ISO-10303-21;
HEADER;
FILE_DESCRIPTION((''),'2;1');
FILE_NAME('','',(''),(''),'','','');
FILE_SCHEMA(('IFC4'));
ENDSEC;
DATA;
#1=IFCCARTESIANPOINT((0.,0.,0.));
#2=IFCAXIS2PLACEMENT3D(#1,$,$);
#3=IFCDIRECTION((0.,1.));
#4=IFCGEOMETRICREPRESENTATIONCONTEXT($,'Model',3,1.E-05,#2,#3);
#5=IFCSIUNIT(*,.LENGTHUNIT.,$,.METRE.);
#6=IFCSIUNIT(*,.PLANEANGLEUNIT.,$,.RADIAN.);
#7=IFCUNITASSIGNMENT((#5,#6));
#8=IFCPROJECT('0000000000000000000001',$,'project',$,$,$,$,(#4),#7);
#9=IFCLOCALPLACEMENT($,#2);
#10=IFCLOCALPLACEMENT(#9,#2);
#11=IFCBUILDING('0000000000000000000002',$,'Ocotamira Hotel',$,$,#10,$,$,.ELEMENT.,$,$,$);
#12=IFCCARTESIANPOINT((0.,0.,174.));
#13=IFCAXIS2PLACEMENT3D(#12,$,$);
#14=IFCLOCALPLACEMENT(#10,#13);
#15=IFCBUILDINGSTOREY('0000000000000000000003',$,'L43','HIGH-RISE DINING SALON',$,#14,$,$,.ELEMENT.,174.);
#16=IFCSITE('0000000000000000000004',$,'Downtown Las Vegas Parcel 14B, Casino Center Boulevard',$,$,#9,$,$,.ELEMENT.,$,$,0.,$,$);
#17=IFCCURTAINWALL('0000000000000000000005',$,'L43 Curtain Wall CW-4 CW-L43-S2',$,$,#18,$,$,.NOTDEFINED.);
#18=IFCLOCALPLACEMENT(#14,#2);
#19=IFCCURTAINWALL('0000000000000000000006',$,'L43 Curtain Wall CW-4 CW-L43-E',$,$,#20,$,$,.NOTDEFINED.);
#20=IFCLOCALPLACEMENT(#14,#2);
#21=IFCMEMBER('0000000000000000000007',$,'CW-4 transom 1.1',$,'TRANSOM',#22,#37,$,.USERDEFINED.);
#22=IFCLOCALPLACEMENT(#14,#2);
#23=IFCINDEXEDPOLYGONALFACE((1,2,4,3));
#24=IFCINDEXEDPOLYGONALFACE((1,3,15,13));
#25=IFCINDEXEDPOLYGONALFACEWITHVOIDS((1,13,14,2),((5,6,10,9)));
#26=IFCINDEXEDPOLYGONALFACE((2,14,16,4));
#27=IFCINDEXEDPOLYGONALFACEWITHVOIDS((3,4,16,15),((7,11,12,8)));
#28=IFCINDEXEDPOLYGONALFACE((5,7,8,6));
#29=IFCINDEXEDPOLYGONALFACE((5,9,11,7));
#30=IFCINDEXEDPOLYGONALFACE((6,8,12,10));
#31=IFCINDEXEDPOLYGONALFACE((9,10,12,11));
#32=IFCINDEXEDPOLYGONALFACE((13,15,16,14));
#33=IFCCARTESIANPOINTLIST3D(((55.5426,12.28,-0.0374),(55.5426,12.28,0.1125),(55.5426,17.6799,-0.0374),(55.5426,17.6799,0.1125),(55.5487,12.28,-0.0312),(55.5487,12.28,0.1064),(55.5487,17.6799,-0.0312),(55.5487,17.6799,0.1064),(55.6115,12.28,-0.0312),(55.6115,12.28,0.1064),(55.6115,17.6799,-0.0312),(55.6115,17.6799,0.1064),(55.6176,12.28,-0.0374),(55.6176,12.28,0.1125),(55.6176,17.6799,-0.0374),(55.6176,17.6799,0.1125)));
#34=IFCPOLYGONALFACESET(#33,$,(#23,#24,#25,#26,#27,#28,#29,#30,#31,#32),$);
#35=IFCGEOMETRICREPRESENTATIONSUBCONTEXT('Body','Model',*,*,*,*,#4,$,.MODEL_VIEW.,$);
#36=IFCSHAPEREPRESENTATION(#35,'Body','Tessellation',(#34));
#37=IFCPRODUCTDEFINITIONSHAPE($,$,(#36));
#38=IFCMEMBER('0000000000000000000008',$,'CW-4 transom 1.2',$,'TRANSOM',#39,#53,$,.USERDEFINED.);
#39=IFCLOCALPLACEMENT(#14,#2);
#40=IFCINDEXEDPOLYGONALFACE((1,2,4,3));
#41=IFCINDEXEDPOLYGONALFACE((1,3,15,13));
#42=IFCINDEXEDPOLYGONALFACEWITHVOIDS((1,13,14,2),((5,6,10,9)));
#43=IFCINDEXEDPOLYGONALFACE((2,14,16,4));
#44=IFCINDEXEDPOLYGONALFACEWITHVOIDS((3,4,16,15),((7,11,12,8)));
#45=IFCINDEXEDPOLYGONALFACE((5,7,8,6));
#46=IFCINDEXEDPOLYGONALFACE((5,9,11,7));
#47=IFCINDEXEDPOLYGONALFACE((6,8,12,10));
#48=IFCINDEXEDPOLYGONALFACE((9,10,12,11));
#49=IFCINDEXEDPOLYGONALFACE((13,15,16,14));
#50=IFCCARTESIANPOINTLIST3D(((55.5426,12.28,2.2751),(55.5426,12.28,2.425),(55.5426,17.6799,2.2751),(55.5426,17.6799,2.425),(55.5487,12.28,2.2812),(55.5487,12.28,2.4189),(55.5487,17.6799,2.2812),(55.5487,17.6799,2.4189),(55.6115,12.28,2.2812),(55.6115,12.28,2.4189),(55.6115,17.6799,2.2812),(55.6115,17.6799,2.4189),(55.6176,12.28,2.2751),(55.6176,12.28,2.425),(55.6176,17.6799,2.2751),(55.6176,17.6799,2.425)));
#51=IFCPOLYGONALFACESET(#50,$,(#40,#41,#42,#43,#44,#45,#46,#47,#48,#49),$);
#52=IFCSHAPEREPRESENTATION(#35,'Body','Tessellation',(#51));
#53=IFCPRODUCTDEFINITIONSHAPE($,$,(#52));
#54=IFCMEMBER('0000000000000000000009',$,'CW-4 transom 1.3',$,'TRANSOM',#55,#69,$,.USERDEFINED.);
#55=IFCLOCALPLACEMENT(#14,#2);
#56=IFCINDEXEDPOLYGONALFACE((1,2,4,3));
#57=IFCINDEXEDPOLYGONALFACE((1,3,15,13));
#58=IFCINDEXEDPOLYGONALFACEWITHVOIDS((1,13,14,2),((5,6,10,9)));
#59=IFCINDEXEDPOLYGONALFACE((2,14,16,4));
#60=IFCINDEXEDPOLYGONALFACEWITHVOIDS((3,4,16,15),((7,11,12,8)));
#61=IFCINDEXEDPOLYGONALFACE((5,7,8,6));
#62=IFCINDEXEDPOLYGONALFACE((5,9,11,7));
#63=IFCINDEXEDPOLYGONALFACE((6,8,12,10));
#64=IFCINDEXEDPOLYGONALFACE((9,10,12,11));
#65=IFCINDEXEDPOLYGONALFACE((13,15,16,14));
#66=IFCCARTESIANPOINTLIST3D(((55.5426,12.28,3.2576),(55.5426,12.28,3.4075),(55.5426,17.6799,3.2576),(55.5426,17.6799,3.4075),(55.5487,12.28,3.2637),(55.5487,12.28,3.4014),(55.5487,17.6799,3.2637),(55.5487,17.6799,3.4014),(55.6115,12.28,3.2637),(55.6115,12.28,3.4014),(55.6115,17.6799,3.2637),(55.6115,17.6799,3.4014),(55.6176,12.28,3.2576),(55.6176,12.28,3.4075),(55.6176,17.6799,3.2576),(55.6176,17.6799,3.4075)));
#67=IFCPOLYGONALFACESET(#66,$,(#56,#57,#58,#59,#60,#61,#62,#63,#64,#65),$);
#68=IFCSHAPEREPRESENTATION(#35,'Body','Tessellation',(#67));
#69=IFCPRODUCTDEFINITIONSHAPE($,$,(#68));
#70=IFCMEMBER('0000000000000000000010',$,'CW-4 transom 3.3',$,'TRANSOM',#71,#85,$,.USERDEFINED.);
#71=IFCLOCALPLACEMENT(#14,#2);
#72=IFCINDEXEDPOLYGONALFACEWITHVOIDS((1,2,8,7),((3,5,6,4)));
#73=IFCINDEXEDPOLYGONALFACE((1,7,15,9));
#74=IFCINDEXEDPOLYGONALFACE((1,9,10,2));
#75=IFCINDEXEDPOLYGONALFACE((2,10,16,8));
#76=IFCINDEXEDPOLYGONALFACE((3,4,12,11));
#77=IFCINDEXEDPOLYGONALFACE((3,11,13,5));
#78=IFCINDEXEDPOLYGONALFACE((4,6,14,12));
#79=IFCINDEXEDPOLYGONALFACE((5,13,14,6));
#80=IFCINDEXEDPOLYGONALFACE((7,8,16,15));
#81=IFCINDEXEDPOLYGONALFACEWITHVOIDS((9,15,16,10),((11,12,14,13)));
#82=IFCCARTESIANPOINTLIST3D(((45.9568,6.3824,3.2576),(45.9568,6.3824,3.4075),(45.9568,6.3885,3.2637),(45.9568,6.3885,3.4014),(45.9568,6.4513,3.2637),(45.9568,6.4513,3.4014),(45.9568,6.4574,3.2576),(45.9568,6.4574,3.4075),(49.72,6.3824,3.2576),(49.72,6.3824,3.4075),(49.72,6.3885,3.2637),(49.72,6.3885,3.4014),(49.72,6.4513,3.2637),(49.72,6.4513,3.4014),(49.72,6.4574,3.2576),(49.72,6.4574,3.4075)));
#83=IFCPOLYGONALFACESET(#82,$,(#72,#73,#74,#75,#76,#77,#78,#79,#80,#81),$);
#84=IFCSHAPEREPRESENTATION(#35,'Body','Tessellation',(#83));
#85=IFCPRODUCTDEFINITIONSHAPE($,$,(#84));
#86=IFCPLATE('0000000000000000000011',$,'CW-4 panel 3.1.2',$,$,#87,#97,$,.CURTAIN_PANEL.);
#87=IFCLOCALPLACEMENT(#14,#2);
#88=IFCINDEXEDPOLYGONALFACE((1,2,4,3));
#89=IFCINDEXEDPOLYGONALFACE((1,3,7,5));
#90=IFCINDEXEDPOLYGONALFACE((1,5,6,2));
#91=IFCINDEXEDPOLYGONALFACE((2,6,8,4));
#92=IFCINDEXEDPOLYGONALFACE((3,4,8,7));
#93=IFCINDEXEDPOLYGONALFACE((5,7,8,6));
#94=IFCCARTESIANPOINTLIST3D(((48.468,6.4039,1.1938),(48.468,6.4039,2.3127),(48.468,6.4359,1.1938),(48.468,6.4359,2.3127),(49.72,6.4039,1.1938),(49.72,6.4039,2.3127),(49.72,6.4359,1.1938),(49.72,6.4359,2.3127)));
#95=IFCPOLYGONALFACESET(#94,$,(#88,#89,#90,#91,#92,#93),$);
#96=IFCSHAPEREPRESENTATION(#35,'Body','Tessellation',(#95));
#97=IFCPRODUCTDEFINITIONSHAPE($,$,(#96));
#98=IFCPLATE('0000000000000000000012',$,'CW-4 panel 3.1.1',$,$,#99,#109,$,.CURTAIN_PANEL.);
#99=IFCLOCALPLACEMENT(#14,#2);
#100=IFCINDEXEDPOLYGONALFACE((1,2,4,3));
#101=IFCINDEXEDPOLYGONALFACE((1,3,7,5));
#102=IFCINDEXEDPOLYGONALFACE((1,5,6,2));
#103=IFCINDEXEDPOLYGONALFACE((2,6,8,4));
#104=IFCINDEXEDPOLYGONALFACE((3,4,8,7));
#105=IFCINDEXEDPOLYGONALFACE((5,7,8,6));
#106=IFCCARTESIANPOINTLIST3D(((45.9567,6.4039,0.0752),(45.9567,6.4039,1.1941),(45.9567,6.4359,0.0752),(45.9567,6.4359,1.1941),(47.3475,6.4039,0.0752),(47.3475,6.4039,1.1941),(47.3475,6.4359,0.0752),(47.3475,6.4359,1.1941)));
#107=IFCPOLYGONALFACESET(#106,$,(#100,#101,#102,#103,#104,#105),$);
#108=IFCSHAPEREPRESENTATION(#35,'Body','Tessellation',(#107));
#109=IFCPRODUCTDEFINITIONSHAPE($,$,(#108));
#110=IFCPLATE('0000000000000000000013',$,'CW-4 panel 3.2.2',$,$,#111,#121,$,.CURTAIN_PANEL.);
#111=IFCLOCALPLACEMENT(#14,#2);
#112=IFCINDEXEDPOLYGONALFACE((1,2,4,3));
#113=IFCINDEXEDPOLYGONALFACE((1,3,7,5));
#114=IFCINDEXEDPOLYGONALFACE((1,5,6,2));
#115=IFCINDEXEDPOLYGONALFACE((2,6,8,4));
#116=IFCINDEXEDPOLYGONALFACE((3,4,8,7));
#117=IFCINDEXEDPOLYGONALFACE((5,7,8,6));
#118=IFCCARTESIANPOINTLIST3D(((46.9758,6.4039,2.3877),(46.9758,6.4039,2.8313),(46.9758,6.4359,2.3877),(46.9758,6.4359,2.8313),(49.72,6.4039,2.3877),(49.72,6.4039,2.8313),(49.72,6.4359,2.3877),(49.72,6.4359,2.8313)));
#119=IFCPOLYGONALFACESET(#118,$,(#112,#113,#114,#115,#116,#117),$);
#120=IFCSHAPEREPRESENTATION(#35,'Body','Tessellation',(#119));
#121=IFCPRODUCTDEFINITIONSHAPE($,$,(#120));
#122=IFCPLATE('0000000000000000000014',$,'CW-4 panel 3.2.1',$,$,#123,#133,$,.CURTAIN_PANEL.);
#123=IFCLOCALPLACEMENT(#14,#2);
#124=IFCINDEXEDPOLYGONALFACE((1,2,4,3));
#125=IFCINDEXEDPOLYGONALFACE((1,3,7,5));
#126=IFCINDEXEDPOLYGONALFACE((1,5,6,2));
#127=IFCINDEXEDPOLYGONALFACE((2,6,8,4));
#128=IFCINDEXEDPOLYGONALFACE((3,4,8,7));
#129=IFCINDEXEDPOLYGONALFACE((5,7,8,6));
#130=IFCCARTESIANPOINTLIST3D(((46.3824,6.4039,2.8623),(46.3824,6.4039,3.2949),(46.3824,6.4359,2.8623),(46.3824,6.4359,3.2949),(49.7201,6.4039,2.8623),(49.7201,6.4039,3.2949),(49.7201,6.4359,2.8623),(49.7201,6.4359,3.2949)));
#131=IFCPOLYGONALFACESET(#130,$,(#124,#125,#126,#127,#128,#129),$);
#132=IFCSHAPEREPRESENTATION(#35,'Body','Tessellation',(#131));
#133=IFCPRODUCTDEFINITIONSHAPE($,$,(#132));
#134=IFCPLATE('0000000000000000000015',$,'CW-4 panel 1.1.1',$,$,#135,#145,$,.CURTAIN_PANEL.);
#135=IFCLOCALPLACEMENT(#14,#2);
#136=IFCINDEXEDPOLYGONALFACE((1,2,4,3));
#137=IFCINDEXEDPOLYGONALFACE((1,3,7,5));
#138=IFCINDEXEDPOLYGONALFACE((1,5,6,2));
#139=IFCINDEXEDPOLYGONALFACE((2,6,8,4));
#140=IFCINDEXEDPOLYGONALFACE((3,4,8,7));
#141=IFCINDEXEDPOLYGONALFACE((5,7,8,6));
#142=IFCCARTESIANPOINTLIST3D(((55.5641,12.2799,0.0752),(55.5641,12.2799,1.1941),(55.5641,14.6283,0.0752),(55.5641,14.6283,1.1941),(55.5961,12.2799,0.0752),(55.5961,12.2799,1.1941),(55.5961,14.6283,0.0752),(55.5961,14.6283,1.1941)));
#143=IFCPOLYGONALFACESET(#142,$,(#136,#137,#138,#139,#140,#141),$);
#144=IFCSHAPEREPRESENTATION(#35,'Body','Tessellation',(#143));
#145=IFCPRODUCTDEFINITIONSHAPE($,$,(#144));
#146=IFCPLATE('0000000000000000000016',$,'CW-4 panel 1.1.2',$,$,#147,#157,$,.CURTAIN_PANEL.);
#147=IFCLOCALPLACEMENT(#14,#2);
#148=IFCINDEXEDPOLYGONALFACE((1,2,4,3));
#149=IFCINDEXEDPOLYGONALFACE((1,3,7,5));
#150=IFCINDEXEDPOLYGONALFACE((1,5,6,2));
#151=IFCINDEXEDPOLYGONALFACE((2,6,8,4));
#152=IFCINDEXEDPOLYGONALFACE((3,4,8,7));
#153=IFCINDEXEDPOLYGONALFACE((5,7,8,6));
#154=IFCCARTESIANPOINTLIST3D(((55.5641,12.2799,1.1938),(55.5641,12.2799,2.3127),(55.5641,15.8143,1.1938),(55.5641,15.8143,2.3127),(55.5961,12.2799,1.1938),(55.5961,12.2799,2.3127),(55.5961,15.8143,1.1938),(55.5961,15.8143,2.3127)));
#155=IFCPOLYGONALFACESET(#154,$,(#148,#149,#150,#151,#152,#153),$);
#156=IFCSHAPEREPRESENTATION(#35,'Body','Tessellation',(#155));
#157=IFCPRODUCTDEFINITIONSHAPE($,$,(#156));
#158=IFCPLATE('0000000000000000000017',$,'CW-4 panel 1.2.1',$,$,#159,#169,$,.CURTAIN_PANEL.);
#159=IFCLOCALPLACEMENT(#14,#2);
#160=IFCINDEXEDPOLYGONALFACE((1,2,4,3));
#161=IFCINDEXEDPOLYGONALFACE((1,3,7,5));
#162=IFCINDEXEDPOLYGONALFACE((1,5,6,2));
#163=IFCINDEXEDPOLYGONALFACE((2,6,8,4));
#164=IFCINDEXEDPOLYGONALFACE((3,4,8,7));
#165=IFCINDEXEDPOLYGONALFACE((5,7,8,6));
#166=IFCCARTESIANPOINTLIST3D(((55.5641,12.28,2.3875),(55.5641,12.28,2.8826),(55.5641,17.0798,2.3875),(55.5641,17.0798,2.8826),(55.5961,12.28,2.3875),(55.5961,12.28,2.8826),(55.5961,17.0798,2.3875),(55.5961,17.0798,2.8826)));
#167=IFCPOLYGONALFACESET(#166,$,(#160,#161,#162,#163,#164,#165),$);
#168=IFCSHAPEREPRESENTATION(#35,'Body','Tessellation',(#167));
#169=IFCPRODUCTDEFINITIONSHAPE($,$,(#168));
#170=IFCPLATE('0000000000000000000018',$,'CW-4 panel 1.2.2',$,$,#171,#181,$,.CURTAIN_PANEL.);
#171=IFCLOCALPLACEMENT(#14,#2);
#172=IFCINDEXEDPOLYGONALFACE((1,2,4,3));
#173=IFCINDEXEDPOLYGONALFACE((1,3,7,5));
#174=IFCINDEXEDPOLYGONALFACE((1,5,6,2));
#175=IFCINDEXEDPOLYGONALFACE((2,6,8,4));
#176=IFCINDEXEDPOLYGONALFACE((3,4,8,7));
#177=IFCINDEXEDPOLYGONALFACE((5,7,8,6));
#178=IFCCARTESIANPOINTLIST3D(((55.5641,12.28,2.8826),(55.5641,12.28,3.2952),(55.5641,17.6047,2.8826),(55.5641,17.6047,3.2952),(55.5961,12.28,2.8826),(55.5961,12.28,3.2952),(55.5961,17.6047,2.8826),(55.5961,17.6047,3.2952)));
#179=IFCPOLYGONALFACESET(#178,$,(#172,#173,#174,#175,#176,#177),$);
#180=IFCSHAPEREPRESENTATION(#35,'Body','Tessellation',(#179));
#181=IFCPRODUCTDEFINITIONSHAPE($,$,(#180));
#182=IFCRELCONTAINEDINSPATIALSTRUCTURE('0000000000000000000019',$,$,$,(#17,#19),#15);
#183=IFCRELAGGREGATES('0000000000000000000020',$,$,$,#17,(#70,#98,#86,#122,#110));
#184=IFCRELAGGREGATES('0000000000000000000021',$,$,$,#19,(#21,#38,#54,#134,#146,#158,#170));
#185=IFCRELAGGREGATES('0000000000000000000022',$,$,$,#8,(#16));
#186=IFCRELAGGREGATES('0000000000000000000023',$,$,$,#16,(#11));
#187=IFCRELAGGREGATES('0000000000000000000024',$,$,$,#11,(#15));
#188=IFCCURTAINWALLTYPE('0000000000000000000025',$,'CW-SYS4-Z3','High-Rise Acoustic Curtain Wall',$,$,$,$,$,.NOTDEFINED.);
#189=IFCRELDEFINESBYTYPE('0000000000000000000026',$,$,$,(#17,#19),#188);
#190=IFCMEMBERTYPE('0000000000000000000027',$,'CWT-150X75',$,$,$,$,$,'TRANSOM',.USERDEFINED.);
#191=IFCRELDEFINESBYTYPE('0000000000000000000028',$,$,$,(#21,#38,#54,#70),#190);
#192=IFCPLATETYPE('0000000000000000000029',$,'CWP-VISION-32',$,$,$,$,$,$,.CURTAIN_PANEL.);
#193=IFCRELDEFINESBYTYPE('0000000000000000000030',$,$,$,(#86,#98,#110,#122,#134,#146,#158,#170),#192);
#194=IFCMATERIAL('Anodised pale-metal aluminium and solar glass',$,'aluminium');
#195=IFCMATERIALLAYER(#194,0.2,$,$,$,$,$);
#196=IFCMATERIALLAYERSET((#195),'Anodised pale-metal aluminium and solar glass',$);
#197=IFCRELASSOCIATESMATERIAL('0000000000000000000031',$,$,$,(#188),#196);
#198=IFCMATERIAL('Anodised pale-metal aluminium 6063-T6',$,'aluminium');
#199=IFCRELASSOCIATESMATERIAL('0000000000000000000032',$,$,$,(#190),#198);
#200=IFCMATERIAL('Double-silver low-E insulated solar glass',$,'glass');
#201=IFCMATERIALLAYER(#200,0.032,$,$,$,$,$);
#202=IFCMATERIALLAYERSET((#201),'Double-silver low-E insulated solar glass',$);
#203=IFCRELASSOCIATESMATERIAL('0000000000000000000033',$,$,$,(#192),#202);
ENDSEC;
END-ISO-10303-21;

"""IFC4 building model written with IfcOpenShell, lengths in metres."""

from ifc_helpers import new_model, si_unit, direction, frame, origin, origin_2d, place, context, subcontext, project, spatial, rectangle, hollow_rectangle, extrude, source, transform, mapped, material, layer, layer_set, material_profile, profile_set, type_object, element, aggregate, save


model = new_model("IFC4")

# Units and contexts
model_context = context("Model", 3, precision=1e-05, world=origin(), true_north=direction((0.0, 1.0)))
body_context = subcontext(model_context, "Body", "Model", "MODEL_VIEW")
ifc_project = project(units=[si_unit("LENGTHUNIT", "METRE"), si_unit("PLANEANGLEUNIT", "RADIAN")], contexts=[model_context])

# Site, building, storey
site_placement = place(None, origin())
site = spatial("IfcSite", under=ifc_project, at=site_placement, Name="Downtown Las Vegas Parcel 14B, Casino Center Boulevard", CompositionType="ELEMENT", RefElevation=0.0)
building_placement = place(site_placement, origin())
building = spatial("IfcBuilding", under=site, at=building_placement, Name="Ocotamira Hotel", CompositionType="ELEMENT")
storey_placement = place(building_placement, frame((0.0, 0.0, 174.0)))
storey = spatial("IfcBuildingStorey", under=building, at=storey_placement, Name="L43", Description="HIGH-RISE DINING SALON", CompositionType="ELEMENT", Elevation=174.0)

# Curtain wall
ifc_material_1 = material(Name="Anodised pale-metal aluminium and solar glass", Category="aluminium")
ifc_layer_1 = layer(ifc_material_1, 0.2)
ifc_layer_set_1 = layer_set([ifc_layer_1], Name="Anodised pale-metal aluminium and solar glass")
curtain_wall_type = type_object("IfcCurtainWallType", Name="CW-SYS4-Z3", Description="High-Rise Acoustic Curtain Wall", PredefinedType="NOTDEFINED", material=ifc_layer_set_1)
curtain_wall_1_placement = place(storey_placement, origin())
curtain_wall_1 = element("IfcCurtainWall", 1, at=curtain_wall_1_placement, inside=storey, type_object=curtain_wall_type, Name="L43 Curtain Wall CW-4 CW-L43-S2", PredefinedType="NOTDEFINED")
ifc_material_2 = material(Name="Anodised pale-metal aluminium 6063-T6", Category="aluminium")

# Curtain wall, members
curtain_wall_2_placement = place(storey_placement, origin())
curtain_wall_2 = element("IfcCurtainWall", 2, at=curtain_wall_2_placement, inside=storey, type_object=curtain_wall_type, Name="L43 Curtain Wall CW-4 CW-L43-E", PredefinedType="NOTDEFINED")
ifc_material_profile_1 = material_profile(ifc_material_2, hollow_rectangle(XDim=0.075, YDim=0.1499, WallThickness=0.0061, at=origin_2d()), Name="HSS150X75X6")
ifc_profile_set_1 = profile_set([ifc_material_profile_1], Name="Anodised pale-metal aluminium 6063-T6")
member_type_1 = type_object("IfcMemberType", Name="CWT-150X75", ElementType="TRANSOM", PredefinedType="USERDEFINED", material=ifc_profile_set_1)
shared_shape_1 = source(origin(), body_context, "Body", "SweptSolid", [
    extrude(hollow_rectangle(XDim=0.075, YDim=0.1499, WallThickness=0.0061, at=origin_2d()), origin(), (0.0, 0.0, 1.0), 5.3999),
])
member_1_placement = place(storey_placement, frame((55.5801, 12.28, 0.0376), z_axis=(0.0, 1.0, 0.0), x_axis=(-1.0, 0.0, 0.0)))
member_1 = element("IfcMember", 3, at=member_1_placement, type_object=member_type_1, Name="CW-4 transom 1.1", ObjectType="TRANSOM", PredefinedType="USERDEFINED", context=body_context, shape_type="MappedRepresentation", body=[
    mapped(shared_shape_1, transform((0.0, 0.0, 0.0), scale=1.0)),
])
member_2_placement = place(storey_placement, frame((55.5801, 12.28, 2.3501), z_axis=(0.0, 1.0, 0.0), x_axis=(-1.0, 0.0, 0.0)))
member_2 = element("IfcMember", 4, at=member_2_placement, type_object=member_type_1, Name="CW-4 transom 1.2", ObjectType="TRANSOM", PredefinedType="USERDEFINED", context=body_context, shape_type="MappedRepresentation", body=[
    mapped(shared_shape_1, transform((0.0, 0.0, 0.0), scale=1.0)),
])
member_3_placement = place(storey_placement, frame((55.5801, 12.28, 3.3325), z_axis=(0.0, 1.0, 0.0), x_axis=(-1.0, 0.0, 0.0)))
member_3 = element("IfcMember", 5, at=member_3_placement, type_object=member_type_1, Name="CW-4 transom 1.3", ObjectType="TRANSOM", PredefinedType="USERDEFINED", context=body_context, shape_type="MappedRepresentation", body=[
    mapped(shared_shape_1, transform((0.0, 0.0, 0.0), scale=1.0)),
])

# Member
shared_shape_2 = source(origin(), body_context, "Body", "SweptSolid", [
    extrude(hollow_rectangle(XDim=0.075, YDim=0.1499, WallThickness=0.0061, at=origin_2d()), origin(), (0.0, 0.0, 1.0), 3.7632),
])
member_4_placement = place(storey_placement, frame((45.9568, 6.4199, 3.3325), z_axis=(1.0, 0.0, 0.0), x_axis=(0.0, 1.0, 0.0)))
member_4 = element("IfcMember", 6, at=member_4_placement, type_object=member_type_1, Name="CW-4 transom 3.3", ObjectType="TRANSOM", PredefinedType="USERDEFINED", context=body_context, shape_type="MappedRepresentation", body=[
    mapped(shared_shape_2, transform((0.0, 0.0, 0.0), scale=1.0)),
])

# Plates
ifc_material_3 = material(Name="Double-silver low-E insulated solar glass", Category="glass")
ifc_layer_2 = layer(ifc_material_3, 0.032)
ifc_layer_set_2 = layer_set([ifc_layer_2], Name="Double-silver low-E insulated solar glass")
plate_type = type_object("IfcPlateType", Name="CWP-VISION-32", PredefinedType="CURTAIN_PANEL", material=ifc_layer_set_2)
shared_shape_3 = source(origin(), body_context, "Body", "SweptSolid", [
    extrude(rectangle(XDim=1.252, YDim=0.032, at=origin_2d()), origin(), (0.0, 0.0, 1.0), 1.1189),
])
plate_1_placement = place(storey_placement, frame((49.094, 6.4199, 1.1938), z_axis=(0.0, 0.0, 1.0), x_axis=(1.0, 0.0, 0.0)))
plate_1 = element("IfcPlate", 7, at=plate_1_placement, type_object=plate_type, Name="CW-4 panel 3.1.2", PredefinedType="CURTAIN_PANEL", context=body_context, shape_type="MappedRepresentation", body=[
    mapped(shared_shape_3, transform((0.0, 0.0, 0.0), scale=1.0)),
])
shared_shape_4 = source(origin(), body_context, "Body", "SweptSolid", [
    extrude(rectangle(XDim=1.3909, YDim=0.032, at=origin_2d()), origin(), (0.0, 0.0, 1.0), 1.1189),
])
plate_2_placement = place(storey_placement, frame((46.6521, 6.4199, 0.0752), z_axis=(0.0, 0.0, 1.0), x_axis=(1.0, 0.0, 0.0)))
plate_2 = element("IfcPlate", 8, at=plate_2_placement, type_object=plate_type, Name="CW-4 panel 3.1.1", PredefinedType="CURTAIN_PANEL", context=body_context, shape_type="MappedRepresentation", body=[
    mapped(shared_shape_4, transform((0.0, 0.0, 0.0), scale=1.0)),
])
shared_shape_5 = source(origin(), body_context, "Body", "SweptSolid", [
    extrude(rectangle(XDim=2.7441, YDim=0.032, at=origin_2d()), origin(), (0.0, 0.0, 1.0), 0.4436),
])
plate_3_placement = place(storey_placement, frame((48.3479, 6.4199, 2.3877), z_axis=(0.0, 0.0, 1.0), x_axis=(1.0, 0.0, 0.0)))
plate_3 = element("IfcPlate", 9, at=plate_3_placement, type_object=plate_type, Name="CW-4 panel 3.2.2", PredefinedType="CURTAIN_PANEL", context=body_context, shape_type="MappedRepresentation", body=[
    mapped(shared_shape_5, transform((0.0, 0.0, 0.0), scale=1.0)),
])
shared_shape_6 = source(origin(), body_context, "Body", "SweptSolid", [
    extrude(rectangle(XDim=3.3376, YDim=0.032, at=origin_2d()), origin(), (0.0, 0.0, 1.0), 0.4326),
])
plate_4_placement = place(storey_placement, frame((48.0513, 6.4199, 2.8623), z_axis=(0.0, 0.0, 1.0), x_axis=(1.0, 0.0, 0.0)))
plate_4 = element("IfcPlate", 10, at=plate_4_placement, type_object=plate_type, Name="CW-4 panel 3.2.1", PredefinedType="CURTAIN_PANEL", context=body_context, shape_type="MappedRepresentation", body=[
    mapped(shared_shape_6, transform((0.0, 0.0, 0.0), scale=1.0)),
])
aggregate(curtain_wall_1, [member_4, plate_2, plate_1, plate_4, plate_3])
shared_shape_7 = source(origin(), body_context, "Body", "SweptSolid", [
    extrude(rectangle(XDim=2.3484, YDim=0.032, at=origin_2d()), origin(), (0.0, 0.0, 1.0), 1.1189),
])
plate_5_placement = place(storey_placement, frame((55.5801, 13.4541, 0.0752), z_axis=(0.0, 0.0, 1.0), x_axis=(0.0, 1.0, 0.0)))
plate_5 = element("IfcPlate", 11, at=plate_5_placement, type_object=plate_type, Name="CW-4 panel 1.1.1", PredefinedType="CURTAIN_PANEL", context=body_context, shape_type="MappedRepresentation", body=[
    mapped(shared_shape_7, transform((0.0, 0.0, 0.0), scale=1.0)),
])
shared_shape_8 = source(origin(), body_context, "Body", "SweptSolid", [
    extrude(rectangle(XDim=3.5344, YDim=0.032, at=origin_2d()), origin(), (0.0, 0.0, 1.0), 1.1189),
])
plate_6_placement = place(storey_placement, frame((55.5801, 14.0471, 1.1938), z_axis=(0.0, 0.0, 1.0), x_axis=(0.0, 1.0, 0.0)))
plate_6 = element("IfcPlate", 12, at=plate_6_placement, type_object=plate_type, Name="CW-4 panel 1.1.2", PredefinedType="CURTAIN_PANEL", context=body_context, shape_type="MappedRepresentation", body=[
    mapped(shared_shape_8, transform((0.0, 0.0, 0.0), scale=1.0)),
])
shared_shape_9 = source(origin(), body_context, "Body", "SweptSolid", [
    extrude(rectangle(XDim=4.7998, YDim=0.032, at=origin_2d()), origin(), (0.0, 0.0, 1.0), 0.4951),
])
plate_7_placement = place(storey_placement, frame((55.5801, 14.6799, 2.3875), z_axis=(0.0, 0.0, 1.0), x_axis=(0.0, 1.0, 0.0)))
plate_7 = element("IfcPlate", 13, at=plate_7_placement, type_object=plate_type, Name="CW-4 panel 1.2.1", PredefinedType="CURTAIN_PANEL", context=body_context, shape_type="MappedRepresentation", body=[
    mapped(shared_shape_9, transform((0.0, 0.0, 0.0), scale=1.0)),
])
shared_shape_10 = source(origin(), body_context, "Body", "SweptSolid", [
    extrude(rectangle(XDim=5.3247, YDim=0.032, at=origin_2d()), origin(), (0.0, 0.0, 1.0), 0.4126),
])
plate_8_placement = place(storey_placement, frame((55.5801, 14.9424, 2.8826), z_axis=(0.0, 0.0, 1.0), x_axis=(0.0, 1.0, 0.0)))
plate_8 = element("IfcPlate", 14, at=plate_8_placement, type_object=plate_type, Name="CW-4 panel 1.2.2", PredefinedType="CURTAIN_PANEL", context=body_context, shape_type="MappedRepresentation", body=[
    mapped(shared_shape_10, transform((0.0, 0.0, 0.0), scale=1.0)),
])
aggregate(curtain_wall_2, [member_1, member_2, member_3, plate_5, plate_6, plate_7, plate_8])

save(model, "model.ifc")
